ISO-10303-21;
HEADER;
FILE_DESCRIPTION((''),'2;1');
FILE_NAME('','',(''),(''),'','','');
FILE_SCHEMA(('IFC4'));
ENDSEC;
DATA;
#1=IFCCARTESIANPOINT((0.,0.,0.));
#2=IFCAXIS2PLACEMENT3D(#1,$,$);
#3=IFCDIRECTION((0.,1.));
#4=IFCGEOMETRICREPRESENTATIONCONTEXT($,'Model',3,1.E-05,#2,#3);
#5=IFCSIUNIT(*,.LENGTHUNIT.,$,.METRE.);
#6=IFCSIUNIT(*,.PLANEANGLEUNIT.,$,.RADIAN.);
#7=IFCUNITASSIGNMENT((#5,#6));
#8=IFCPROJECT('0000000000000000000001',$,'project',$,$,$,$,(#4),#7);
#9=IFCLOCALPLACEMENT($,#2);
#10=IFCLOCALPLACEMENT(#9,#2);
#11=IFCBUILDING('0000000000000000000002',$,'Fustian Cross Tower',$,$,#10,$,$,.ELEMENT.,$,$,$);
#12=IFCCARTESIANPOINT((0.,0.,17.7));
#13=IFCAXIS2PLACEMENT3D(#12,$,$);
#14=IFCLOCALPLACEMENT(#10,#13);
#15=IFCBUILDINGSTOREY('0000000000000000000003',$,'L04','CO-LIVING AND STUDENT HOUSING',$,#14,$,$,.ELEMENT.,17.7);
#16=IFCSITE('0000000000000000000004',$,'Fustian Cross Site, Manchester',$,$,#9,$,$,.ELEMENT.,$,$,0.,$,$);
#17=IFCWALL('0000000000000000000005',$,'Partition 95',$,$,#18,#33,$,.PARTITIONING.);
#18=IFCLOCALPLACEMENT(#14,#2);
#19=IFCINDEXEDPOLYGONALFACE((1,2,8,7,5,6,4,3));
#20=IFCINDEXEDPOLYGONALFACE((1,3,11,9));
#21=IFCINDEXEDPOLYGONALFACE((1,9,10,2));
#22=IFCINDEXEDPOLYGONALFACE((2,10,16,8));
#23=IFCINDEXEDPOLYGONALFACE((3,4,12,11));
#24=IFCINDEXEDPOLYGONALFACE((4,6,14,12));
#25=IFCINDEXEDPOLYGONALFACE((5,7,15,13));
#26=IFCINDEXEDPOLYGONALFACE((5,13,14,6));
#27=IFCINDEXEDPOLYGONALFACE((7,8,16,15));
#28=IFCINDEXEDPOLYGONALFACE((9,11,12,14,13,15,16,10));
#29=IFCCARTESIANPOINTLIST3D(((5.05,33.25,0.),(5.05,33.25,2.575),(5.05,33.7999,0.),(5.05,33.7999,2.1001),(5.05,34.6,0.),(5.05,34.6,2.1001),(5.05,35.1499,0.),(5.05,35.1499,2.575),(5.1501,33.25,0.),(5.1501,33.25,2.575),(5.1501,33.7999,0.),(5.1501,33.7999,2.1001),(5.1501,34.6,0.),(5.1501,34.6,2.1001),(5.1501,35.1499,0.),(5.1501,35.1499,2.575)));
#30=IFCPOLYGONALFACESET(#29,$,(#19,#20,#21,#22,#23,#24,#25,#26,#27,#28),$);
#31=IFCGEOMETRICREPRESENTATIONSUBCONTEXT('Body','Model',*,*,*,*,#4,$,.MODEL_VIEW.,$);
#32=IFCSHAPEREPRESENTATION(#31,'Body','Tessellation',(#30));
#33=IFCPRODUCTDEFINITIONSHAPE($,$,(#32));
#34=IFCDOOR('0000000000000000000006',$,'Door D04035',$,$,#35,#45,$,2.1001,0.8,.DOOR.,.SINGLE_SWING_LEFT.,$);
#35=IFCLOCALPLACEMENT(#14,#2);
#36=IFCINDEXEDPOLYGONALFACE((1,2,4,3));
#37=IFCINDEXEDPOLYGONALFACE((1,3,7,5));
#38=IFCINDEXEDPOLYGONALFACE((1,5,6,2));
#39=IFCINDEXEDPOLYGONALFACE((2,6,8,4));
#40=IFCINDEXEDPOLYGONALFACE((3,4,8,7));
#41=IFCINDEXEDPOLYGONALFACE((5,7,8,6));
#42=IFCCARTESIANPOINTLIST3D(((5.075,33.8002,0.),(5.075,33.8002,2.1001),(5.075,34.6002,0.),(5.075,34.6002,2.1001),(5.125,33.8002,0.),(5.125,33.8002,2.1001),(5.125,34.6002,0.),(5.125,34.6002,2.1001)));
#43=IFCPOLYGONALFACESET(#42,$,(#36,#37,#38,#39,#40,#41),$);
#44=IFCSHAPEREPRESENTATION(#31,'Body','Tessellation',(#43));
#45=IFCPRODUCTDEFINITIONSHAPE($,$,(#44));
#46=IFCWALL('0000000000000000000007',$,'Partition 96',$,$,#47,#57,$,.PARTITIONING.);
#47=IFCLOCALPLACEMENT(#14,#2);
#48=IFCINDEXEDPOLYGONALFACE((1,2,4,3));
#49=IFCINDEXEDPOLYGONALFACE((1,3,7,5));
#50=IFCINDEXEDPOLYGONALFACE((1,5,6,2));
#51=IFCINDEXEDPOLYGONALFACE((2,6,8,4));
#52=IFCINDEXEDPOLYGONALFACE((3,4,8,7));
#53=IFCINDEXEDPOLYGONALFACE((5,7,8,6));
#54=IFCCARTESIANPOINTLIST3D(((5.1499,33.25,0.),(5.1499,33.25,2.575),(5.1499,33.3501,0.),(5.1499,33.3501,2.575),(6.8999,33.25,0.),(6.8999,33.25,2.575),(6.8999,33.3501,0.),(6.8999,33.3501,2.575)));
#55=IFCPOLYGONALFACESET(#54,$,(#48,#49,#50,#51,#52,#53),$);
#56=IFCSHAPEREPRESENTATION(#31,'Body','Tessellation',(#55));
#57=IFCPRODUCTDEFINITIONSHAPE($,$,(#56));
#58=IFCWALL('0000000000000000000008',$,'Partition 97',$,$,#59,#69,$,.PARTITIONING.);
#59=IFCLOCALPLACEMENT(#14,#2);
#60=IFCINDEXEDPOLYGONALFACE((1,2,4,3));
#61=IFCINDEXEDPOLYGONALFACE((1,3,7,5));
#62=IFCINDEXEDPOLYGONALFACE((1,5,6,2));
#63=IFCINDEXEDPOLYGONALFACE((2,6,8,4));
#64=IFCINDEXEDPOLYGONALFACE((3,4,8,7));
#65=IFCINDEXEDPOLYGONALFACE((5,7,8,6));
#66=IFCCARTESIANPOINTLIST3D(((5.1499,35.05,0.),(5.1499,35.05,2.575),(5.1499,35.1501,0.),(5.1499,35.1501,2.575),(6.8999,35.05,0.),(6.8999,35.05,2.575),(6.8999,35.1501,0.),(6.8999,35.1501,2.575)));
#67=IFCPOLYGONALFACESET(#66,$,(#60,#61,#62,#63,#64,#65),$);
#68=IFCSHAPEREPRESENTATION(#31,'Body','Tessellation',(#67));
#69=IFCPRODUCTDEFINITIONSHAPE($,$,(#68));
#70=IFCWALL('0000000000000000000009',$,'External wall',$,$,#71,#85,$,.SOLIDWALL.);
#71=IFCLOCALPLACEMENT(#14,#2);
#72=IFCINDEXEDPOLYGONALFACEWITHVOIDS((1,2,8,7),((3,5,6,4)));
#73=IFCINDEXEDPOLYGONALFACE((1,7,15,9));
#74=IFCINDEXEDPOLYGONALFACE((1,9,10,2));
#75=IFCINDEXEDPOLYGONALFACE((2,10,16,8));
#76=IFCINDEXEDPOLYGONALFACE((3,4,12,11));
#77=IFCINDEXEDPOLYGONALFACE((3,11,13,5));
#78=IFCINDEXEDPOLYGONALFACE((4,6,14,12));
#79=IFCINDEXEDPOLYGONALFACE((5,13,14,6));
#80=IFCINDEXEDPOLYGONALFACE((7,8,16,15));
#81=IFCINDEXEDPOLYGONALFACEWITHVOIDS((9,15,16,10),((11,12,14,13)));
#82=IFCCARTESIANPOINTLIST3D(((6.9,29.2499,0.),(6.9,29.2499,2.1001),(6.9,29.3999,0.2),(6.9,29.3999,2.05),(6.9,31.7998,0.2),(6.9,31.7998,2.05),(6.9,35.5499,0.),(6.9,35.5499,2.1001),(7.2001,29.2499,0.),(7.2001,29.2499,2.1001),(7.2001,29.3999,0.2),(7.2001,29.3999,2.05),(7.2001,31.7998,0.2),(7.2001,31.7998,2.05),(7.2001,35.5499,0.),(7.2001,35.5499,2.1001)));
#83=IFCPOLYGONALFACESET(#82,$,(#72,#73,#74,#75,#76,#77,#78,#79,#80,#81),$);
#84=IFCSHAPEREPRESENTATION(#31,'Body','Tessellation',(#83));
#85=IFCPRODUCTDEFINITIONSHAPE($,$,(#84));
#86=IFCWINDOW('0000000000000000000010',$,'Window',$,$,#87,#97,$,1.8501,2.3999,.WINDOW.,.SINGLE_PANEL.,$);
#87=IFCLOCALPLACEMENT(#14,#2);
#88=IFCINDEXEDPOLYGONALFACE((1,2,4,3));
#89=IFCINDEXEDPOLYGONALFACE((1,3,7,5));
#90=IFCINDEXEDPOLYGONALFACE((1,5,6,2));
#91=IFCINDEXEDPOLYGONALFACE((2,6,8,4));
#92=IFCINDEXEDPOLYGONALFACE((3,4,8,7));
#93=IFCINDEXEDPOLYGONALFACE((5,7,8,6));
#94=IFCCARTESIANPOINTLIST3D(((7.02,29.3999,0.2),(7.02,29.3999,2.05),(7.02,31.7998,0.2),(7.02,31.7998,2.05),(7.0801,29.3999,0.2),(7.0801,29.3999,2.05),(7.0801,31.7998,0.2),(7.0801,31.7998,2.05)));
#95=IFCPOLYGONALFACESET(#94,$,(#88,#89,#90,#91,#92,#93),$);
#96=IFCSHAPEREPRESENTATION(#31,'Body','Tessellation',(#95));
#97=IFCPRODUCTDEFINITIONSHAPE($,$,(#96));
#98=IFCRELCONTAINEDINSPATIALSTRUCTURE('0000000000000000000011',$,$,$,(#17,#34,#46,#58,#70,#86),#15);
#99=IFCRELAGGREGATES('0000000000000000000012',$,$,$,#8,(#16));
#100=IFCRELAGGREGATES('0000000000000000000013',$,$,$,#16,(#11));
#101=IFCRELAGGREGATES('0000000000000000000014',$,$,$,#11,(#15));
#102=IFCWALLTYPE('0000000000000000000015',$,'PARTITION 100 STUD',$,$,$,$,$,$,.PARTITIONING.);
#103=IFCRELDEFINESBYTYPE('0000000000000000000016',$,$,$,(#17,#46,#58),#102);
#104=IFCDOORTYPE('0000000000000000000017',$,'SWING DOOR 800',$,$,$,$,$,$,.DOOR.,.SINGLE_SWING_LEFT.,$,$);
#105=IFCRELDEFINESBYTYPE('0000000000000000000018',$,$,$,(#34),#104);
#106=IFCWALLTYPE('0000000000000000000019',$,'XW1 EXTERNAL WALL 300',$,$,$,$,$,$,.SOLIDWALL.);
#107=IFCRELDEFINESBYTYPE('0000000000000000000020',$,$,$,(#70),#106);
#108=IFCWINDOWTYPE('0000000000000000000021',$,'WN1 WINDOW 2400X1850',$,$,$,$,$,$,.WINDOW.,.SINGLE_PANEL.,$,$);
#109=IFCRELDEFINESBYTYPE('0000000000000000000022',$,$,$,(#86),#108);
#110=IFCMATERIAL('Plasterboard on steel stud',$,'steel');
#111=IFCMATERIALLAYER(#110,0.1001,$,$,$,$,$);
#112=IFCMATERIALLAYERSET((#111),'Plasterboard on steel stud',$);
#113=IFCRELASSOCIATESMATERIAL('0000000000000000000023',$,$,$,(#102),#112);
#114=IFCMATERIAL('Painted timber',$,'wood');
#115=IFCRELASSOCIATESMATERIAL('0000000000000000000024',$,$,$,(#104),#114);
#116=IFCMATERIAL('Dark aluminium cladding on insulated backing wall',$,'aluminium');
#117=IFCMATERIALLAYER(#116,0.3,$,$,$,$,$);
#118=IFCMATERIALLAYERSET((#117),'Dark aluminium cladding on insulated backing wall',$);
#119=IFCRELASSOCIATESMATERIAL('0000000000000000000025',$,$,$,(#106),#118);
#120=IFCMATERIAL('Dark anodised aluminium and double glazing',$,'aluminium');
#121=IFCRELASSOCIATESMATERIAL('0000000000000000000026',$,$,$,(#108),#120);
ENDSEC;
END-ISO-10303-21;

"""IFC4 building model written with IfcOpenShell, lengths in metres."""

from ifc_helpers import new_model, si_unit, direction, frame, frame_2d, origin, place, context, subcontext, project, spatial, rectangle, extrude, material, layer, layer_set, type_object, element, fill, save


model = new_model("IFC4")

# Units and contexts
model_context = context("Model", 3, precision=1e-05, world=origin(), true_north=direction((0.0, 1.0)))
body_context = subcontext(model_context, "Body", "Model", "MODEL_VIEW")
ifc_project = project(units=[si_unit("LENGTHUNIT", "METRE"), si_unit("PLANEANGLEUNIT", "RADIAN")], contexts=[model_context])

# Site, building, storey
site_placement = place(None, origin())
site = spatial("IfcSite", under=ifc_project, at=site_placement, Name="Fustian Cross Site, Manchester", CompositionType="ELEMENT", RefElevation=0.0)
building_placement = place(site_placement, origin())
building = spatial("IfcBuilding", under=site, at=building_placement, Name="Fustian Cross Tower", CompositionType="ELEMENT")
storey_placement = place(building_placement, frame((0.0, 0.0, 17.7)))
storey = spatial("IfcBuildingStorey", under=building, at=storey_placement, Name="L04", Description="CO-LIVING AND STUDENT HOUSING", CompositionType="ELEMENT", Elevation=17.7)

# Shared definitions
ifc_material_1 = material(Name="Plasterboard on steel stud", Category="steel")
ifc_layer_1 = layer(ifc_material_1, 0.1001)
ifc_layer_set_1 = layer_set([ifc_layer_1], Name="Plasterboard on steel stud")
wall_type_1 = type_object("IfcWallType", Name="PARTITION 100 STUD", PredefinedType="PARTITIONING", material=ifc_layer_set_1)

# Shared definitions
ifc_material_2 = material(Name="Painted timber", Category="wood")
door_type_1 = type_object("IfcDoorType", Name="SWING DOOR 800", OperationType="SINGLE_SWING_LEFT", PredefinedType="DOOR", material=ifc_material_2)

# Wall, opening, door
wall_1_placement = place(storey_placement, frame((5.1001, 33.25, 0.0), z_axis=(0.0, 0.0, 1.0), x_axis=(0.0, 1.0, 0.0)))
wall_1 = element("IfcWall", 1, at=wall_1_placement, inside=storey, type_object=wall_type_1, Name="Partition 95", PredefinedType="PARTITIONING", context=body_context, shape_type="SweptSolid", body=[
    extrude(rectangle(XDim=1.8999, YDim=0.1001, at=frame_2d((0.95, 0.0))), origin(), (0.0, 0.0, 1.0), 2.575),
])
opening_1_placement = place(wall_1_placement, frame((0.55, 0.0, 0.0)))
opening_1 = element("IfcOpeningElement", 2, at=opening_1_placement, cuts=wall_1, PredefinedType="OPENING", context=body_context, shape_type="SweptSolid", body=[
    extrude(rectangle(XDim=0.8, YDim=2.1001, at=frame_2d((0.3999, 1.05))), frame((0.0, 0.0601, 0.0), z_axis=(0.0, -1.0, 0.0), x_axis=(1.0, 0.0, 0.0)), (0.0, 0.0, 1.0), 0.1201),
])
door_1_placement = place(opening_1_placement, frame((0.8, 0.0, 0.0), z_axis=(0.0, 0.0, 1.0), x_axis=(-1.0, 0.0, 0.0)))
door_1 = element("IfcDoor", 3, at=door_1_placement, inside=storey, type_object=door_type_1, Name="Door D04035", OperationType="SINGLE_SWING_LEFT", OverallHeight=2.1001, OverallWidth=0.8, PredefinedType="DOOR", context=body_context, shape_type="SweptSolid", body=[
    extrude(rectangle(XDim=0.8, YDim=2.1001, at=frame_2d((0.3999, 1.05))), frame((0.0, 0.0249, 0.0), z_axis=(0.0, -1.0, 0.0), x_axis=(1.0, 0.0, 0.0)), (0.0, 0.0, 1.0), 0.05),
])
fill(opening_1, door_1)

# Walls
for number, where, z_axis, x_axis, name in (
    (4, (5.1499, 33.3, 0.0), (0.0, 0.0, 1.0), (1.0, 0.0, 0.0), "Partition 96"),
    (5, (5.1499, 35.1001, 0.0), (0.0, 0.0, 1.0), (1.0, 0.0, 0.0), "Partition 97"),
):
    element("IfcWall", number, at=place(storey_placement, frame(where, z_axis=z_axis, x_axis=x_axis)), inside=storey, type_object=wall_type_1, Name=name, PredefinedType="PARTITIONING", context=body_context, shape_type="SweptSolid", body=[
        extrude(rectangle(XDim=1.75, YDim=0.1001, at=frame_2d((0.875, 0.0))), origin(), (0.0, 0.0, 1.0), 2.575),
    ])

# Wall, opening, window
ifc_material_3 = material(Name="Dark aluminium cladding on insulated backing wall", Category="aluminium")
ifc_layer_2 = layer(ifc_material_3, 0.3)
ifc_layer_set_2 = layer_set([ifc_layer_2], Name="Dark aluminium cladding on insulated backing wall")
wall_type_2 = type_object("IfcWallType", Name="XW1 EXTERNAL WALL 300", PredefinedType="SOLIDWALL", material=ifc_layer_set_2)
wall_2_placement = place(storey_placement, frame((7.05, 29.25, 0.0), z_axis=(0.0, 0.0, 1.0), x_axis=(0.0, 1.0, 0.0)))
wall_2 = element("IfcWall", 6, at=wall_2_placement, inside=storey, type_object=wall_type_2, Name="External wall", PredefinedType="SOLIDWALL", context=body_context, shape_type="SweptSolid", body=[
    extrude(rectangle(XDim=6.3, YDim=0.3, at=frame_2d((3.1499, 0.0))), origin(), (0.0, 0.0, 1.0), 2.1001),
])
opening_2_placement = place(wall_2_placement, frame((0.1499, 0.0, 0.2)))
opening_2 = element("IfcOpeningElement", 7, at=opening_2_placement, cuts=wall_2, PredefinedType="OPENING", context=body_context, shape_type="SweptSolid", body=[
    extrude(rectangle(XDim=2.3999, YDim=1.8501, at=frame_2d((1.2, 0.925))), frame((0.0, 0.1599, 0.0), z_axis=(0.0, -1.0, 0.0), x_axis=(1.0, 0.0, 0.0)), (0.0, 0.0, 1.0), 0.3201),
])
ifc_material_4 = material(Name="Dark anodised aluminium and double glazing", Category="aluminium")
window_type = type_object("IfcWindowType", Name="WN1 WINDOW 2400X1850", PartitioningType="SINGLE_PANEL", PredefinedType="WINDOW", material=ifc_material_4)
window_placement = place(opening_2_placement, origin())
window = element("IfcWindow", 8, at=window_placement, inside=storey, type_object=window_type, Name="Window", OverallHeight=1.8501, OverallWidth=2.3999, PartitioningType="SINGLE_PANEL", PredefinedType="WINDOW", context=body_context, shape_type="SweptSolid", body=[
    extrude(rectangle(XDim=2.3999, YDim=1.8501, at=frame_2d((1.2, 0.925))), frame((0.0, 0.03, 0.0), z_axis=(0.0, -1.0, 0.0), x_axis=(1.0, 0.0, 0.0)), (0.0, 0.0, 1.0), 0.0601),
])
fill(opening_2, window)

save(model, "model.ifc")
